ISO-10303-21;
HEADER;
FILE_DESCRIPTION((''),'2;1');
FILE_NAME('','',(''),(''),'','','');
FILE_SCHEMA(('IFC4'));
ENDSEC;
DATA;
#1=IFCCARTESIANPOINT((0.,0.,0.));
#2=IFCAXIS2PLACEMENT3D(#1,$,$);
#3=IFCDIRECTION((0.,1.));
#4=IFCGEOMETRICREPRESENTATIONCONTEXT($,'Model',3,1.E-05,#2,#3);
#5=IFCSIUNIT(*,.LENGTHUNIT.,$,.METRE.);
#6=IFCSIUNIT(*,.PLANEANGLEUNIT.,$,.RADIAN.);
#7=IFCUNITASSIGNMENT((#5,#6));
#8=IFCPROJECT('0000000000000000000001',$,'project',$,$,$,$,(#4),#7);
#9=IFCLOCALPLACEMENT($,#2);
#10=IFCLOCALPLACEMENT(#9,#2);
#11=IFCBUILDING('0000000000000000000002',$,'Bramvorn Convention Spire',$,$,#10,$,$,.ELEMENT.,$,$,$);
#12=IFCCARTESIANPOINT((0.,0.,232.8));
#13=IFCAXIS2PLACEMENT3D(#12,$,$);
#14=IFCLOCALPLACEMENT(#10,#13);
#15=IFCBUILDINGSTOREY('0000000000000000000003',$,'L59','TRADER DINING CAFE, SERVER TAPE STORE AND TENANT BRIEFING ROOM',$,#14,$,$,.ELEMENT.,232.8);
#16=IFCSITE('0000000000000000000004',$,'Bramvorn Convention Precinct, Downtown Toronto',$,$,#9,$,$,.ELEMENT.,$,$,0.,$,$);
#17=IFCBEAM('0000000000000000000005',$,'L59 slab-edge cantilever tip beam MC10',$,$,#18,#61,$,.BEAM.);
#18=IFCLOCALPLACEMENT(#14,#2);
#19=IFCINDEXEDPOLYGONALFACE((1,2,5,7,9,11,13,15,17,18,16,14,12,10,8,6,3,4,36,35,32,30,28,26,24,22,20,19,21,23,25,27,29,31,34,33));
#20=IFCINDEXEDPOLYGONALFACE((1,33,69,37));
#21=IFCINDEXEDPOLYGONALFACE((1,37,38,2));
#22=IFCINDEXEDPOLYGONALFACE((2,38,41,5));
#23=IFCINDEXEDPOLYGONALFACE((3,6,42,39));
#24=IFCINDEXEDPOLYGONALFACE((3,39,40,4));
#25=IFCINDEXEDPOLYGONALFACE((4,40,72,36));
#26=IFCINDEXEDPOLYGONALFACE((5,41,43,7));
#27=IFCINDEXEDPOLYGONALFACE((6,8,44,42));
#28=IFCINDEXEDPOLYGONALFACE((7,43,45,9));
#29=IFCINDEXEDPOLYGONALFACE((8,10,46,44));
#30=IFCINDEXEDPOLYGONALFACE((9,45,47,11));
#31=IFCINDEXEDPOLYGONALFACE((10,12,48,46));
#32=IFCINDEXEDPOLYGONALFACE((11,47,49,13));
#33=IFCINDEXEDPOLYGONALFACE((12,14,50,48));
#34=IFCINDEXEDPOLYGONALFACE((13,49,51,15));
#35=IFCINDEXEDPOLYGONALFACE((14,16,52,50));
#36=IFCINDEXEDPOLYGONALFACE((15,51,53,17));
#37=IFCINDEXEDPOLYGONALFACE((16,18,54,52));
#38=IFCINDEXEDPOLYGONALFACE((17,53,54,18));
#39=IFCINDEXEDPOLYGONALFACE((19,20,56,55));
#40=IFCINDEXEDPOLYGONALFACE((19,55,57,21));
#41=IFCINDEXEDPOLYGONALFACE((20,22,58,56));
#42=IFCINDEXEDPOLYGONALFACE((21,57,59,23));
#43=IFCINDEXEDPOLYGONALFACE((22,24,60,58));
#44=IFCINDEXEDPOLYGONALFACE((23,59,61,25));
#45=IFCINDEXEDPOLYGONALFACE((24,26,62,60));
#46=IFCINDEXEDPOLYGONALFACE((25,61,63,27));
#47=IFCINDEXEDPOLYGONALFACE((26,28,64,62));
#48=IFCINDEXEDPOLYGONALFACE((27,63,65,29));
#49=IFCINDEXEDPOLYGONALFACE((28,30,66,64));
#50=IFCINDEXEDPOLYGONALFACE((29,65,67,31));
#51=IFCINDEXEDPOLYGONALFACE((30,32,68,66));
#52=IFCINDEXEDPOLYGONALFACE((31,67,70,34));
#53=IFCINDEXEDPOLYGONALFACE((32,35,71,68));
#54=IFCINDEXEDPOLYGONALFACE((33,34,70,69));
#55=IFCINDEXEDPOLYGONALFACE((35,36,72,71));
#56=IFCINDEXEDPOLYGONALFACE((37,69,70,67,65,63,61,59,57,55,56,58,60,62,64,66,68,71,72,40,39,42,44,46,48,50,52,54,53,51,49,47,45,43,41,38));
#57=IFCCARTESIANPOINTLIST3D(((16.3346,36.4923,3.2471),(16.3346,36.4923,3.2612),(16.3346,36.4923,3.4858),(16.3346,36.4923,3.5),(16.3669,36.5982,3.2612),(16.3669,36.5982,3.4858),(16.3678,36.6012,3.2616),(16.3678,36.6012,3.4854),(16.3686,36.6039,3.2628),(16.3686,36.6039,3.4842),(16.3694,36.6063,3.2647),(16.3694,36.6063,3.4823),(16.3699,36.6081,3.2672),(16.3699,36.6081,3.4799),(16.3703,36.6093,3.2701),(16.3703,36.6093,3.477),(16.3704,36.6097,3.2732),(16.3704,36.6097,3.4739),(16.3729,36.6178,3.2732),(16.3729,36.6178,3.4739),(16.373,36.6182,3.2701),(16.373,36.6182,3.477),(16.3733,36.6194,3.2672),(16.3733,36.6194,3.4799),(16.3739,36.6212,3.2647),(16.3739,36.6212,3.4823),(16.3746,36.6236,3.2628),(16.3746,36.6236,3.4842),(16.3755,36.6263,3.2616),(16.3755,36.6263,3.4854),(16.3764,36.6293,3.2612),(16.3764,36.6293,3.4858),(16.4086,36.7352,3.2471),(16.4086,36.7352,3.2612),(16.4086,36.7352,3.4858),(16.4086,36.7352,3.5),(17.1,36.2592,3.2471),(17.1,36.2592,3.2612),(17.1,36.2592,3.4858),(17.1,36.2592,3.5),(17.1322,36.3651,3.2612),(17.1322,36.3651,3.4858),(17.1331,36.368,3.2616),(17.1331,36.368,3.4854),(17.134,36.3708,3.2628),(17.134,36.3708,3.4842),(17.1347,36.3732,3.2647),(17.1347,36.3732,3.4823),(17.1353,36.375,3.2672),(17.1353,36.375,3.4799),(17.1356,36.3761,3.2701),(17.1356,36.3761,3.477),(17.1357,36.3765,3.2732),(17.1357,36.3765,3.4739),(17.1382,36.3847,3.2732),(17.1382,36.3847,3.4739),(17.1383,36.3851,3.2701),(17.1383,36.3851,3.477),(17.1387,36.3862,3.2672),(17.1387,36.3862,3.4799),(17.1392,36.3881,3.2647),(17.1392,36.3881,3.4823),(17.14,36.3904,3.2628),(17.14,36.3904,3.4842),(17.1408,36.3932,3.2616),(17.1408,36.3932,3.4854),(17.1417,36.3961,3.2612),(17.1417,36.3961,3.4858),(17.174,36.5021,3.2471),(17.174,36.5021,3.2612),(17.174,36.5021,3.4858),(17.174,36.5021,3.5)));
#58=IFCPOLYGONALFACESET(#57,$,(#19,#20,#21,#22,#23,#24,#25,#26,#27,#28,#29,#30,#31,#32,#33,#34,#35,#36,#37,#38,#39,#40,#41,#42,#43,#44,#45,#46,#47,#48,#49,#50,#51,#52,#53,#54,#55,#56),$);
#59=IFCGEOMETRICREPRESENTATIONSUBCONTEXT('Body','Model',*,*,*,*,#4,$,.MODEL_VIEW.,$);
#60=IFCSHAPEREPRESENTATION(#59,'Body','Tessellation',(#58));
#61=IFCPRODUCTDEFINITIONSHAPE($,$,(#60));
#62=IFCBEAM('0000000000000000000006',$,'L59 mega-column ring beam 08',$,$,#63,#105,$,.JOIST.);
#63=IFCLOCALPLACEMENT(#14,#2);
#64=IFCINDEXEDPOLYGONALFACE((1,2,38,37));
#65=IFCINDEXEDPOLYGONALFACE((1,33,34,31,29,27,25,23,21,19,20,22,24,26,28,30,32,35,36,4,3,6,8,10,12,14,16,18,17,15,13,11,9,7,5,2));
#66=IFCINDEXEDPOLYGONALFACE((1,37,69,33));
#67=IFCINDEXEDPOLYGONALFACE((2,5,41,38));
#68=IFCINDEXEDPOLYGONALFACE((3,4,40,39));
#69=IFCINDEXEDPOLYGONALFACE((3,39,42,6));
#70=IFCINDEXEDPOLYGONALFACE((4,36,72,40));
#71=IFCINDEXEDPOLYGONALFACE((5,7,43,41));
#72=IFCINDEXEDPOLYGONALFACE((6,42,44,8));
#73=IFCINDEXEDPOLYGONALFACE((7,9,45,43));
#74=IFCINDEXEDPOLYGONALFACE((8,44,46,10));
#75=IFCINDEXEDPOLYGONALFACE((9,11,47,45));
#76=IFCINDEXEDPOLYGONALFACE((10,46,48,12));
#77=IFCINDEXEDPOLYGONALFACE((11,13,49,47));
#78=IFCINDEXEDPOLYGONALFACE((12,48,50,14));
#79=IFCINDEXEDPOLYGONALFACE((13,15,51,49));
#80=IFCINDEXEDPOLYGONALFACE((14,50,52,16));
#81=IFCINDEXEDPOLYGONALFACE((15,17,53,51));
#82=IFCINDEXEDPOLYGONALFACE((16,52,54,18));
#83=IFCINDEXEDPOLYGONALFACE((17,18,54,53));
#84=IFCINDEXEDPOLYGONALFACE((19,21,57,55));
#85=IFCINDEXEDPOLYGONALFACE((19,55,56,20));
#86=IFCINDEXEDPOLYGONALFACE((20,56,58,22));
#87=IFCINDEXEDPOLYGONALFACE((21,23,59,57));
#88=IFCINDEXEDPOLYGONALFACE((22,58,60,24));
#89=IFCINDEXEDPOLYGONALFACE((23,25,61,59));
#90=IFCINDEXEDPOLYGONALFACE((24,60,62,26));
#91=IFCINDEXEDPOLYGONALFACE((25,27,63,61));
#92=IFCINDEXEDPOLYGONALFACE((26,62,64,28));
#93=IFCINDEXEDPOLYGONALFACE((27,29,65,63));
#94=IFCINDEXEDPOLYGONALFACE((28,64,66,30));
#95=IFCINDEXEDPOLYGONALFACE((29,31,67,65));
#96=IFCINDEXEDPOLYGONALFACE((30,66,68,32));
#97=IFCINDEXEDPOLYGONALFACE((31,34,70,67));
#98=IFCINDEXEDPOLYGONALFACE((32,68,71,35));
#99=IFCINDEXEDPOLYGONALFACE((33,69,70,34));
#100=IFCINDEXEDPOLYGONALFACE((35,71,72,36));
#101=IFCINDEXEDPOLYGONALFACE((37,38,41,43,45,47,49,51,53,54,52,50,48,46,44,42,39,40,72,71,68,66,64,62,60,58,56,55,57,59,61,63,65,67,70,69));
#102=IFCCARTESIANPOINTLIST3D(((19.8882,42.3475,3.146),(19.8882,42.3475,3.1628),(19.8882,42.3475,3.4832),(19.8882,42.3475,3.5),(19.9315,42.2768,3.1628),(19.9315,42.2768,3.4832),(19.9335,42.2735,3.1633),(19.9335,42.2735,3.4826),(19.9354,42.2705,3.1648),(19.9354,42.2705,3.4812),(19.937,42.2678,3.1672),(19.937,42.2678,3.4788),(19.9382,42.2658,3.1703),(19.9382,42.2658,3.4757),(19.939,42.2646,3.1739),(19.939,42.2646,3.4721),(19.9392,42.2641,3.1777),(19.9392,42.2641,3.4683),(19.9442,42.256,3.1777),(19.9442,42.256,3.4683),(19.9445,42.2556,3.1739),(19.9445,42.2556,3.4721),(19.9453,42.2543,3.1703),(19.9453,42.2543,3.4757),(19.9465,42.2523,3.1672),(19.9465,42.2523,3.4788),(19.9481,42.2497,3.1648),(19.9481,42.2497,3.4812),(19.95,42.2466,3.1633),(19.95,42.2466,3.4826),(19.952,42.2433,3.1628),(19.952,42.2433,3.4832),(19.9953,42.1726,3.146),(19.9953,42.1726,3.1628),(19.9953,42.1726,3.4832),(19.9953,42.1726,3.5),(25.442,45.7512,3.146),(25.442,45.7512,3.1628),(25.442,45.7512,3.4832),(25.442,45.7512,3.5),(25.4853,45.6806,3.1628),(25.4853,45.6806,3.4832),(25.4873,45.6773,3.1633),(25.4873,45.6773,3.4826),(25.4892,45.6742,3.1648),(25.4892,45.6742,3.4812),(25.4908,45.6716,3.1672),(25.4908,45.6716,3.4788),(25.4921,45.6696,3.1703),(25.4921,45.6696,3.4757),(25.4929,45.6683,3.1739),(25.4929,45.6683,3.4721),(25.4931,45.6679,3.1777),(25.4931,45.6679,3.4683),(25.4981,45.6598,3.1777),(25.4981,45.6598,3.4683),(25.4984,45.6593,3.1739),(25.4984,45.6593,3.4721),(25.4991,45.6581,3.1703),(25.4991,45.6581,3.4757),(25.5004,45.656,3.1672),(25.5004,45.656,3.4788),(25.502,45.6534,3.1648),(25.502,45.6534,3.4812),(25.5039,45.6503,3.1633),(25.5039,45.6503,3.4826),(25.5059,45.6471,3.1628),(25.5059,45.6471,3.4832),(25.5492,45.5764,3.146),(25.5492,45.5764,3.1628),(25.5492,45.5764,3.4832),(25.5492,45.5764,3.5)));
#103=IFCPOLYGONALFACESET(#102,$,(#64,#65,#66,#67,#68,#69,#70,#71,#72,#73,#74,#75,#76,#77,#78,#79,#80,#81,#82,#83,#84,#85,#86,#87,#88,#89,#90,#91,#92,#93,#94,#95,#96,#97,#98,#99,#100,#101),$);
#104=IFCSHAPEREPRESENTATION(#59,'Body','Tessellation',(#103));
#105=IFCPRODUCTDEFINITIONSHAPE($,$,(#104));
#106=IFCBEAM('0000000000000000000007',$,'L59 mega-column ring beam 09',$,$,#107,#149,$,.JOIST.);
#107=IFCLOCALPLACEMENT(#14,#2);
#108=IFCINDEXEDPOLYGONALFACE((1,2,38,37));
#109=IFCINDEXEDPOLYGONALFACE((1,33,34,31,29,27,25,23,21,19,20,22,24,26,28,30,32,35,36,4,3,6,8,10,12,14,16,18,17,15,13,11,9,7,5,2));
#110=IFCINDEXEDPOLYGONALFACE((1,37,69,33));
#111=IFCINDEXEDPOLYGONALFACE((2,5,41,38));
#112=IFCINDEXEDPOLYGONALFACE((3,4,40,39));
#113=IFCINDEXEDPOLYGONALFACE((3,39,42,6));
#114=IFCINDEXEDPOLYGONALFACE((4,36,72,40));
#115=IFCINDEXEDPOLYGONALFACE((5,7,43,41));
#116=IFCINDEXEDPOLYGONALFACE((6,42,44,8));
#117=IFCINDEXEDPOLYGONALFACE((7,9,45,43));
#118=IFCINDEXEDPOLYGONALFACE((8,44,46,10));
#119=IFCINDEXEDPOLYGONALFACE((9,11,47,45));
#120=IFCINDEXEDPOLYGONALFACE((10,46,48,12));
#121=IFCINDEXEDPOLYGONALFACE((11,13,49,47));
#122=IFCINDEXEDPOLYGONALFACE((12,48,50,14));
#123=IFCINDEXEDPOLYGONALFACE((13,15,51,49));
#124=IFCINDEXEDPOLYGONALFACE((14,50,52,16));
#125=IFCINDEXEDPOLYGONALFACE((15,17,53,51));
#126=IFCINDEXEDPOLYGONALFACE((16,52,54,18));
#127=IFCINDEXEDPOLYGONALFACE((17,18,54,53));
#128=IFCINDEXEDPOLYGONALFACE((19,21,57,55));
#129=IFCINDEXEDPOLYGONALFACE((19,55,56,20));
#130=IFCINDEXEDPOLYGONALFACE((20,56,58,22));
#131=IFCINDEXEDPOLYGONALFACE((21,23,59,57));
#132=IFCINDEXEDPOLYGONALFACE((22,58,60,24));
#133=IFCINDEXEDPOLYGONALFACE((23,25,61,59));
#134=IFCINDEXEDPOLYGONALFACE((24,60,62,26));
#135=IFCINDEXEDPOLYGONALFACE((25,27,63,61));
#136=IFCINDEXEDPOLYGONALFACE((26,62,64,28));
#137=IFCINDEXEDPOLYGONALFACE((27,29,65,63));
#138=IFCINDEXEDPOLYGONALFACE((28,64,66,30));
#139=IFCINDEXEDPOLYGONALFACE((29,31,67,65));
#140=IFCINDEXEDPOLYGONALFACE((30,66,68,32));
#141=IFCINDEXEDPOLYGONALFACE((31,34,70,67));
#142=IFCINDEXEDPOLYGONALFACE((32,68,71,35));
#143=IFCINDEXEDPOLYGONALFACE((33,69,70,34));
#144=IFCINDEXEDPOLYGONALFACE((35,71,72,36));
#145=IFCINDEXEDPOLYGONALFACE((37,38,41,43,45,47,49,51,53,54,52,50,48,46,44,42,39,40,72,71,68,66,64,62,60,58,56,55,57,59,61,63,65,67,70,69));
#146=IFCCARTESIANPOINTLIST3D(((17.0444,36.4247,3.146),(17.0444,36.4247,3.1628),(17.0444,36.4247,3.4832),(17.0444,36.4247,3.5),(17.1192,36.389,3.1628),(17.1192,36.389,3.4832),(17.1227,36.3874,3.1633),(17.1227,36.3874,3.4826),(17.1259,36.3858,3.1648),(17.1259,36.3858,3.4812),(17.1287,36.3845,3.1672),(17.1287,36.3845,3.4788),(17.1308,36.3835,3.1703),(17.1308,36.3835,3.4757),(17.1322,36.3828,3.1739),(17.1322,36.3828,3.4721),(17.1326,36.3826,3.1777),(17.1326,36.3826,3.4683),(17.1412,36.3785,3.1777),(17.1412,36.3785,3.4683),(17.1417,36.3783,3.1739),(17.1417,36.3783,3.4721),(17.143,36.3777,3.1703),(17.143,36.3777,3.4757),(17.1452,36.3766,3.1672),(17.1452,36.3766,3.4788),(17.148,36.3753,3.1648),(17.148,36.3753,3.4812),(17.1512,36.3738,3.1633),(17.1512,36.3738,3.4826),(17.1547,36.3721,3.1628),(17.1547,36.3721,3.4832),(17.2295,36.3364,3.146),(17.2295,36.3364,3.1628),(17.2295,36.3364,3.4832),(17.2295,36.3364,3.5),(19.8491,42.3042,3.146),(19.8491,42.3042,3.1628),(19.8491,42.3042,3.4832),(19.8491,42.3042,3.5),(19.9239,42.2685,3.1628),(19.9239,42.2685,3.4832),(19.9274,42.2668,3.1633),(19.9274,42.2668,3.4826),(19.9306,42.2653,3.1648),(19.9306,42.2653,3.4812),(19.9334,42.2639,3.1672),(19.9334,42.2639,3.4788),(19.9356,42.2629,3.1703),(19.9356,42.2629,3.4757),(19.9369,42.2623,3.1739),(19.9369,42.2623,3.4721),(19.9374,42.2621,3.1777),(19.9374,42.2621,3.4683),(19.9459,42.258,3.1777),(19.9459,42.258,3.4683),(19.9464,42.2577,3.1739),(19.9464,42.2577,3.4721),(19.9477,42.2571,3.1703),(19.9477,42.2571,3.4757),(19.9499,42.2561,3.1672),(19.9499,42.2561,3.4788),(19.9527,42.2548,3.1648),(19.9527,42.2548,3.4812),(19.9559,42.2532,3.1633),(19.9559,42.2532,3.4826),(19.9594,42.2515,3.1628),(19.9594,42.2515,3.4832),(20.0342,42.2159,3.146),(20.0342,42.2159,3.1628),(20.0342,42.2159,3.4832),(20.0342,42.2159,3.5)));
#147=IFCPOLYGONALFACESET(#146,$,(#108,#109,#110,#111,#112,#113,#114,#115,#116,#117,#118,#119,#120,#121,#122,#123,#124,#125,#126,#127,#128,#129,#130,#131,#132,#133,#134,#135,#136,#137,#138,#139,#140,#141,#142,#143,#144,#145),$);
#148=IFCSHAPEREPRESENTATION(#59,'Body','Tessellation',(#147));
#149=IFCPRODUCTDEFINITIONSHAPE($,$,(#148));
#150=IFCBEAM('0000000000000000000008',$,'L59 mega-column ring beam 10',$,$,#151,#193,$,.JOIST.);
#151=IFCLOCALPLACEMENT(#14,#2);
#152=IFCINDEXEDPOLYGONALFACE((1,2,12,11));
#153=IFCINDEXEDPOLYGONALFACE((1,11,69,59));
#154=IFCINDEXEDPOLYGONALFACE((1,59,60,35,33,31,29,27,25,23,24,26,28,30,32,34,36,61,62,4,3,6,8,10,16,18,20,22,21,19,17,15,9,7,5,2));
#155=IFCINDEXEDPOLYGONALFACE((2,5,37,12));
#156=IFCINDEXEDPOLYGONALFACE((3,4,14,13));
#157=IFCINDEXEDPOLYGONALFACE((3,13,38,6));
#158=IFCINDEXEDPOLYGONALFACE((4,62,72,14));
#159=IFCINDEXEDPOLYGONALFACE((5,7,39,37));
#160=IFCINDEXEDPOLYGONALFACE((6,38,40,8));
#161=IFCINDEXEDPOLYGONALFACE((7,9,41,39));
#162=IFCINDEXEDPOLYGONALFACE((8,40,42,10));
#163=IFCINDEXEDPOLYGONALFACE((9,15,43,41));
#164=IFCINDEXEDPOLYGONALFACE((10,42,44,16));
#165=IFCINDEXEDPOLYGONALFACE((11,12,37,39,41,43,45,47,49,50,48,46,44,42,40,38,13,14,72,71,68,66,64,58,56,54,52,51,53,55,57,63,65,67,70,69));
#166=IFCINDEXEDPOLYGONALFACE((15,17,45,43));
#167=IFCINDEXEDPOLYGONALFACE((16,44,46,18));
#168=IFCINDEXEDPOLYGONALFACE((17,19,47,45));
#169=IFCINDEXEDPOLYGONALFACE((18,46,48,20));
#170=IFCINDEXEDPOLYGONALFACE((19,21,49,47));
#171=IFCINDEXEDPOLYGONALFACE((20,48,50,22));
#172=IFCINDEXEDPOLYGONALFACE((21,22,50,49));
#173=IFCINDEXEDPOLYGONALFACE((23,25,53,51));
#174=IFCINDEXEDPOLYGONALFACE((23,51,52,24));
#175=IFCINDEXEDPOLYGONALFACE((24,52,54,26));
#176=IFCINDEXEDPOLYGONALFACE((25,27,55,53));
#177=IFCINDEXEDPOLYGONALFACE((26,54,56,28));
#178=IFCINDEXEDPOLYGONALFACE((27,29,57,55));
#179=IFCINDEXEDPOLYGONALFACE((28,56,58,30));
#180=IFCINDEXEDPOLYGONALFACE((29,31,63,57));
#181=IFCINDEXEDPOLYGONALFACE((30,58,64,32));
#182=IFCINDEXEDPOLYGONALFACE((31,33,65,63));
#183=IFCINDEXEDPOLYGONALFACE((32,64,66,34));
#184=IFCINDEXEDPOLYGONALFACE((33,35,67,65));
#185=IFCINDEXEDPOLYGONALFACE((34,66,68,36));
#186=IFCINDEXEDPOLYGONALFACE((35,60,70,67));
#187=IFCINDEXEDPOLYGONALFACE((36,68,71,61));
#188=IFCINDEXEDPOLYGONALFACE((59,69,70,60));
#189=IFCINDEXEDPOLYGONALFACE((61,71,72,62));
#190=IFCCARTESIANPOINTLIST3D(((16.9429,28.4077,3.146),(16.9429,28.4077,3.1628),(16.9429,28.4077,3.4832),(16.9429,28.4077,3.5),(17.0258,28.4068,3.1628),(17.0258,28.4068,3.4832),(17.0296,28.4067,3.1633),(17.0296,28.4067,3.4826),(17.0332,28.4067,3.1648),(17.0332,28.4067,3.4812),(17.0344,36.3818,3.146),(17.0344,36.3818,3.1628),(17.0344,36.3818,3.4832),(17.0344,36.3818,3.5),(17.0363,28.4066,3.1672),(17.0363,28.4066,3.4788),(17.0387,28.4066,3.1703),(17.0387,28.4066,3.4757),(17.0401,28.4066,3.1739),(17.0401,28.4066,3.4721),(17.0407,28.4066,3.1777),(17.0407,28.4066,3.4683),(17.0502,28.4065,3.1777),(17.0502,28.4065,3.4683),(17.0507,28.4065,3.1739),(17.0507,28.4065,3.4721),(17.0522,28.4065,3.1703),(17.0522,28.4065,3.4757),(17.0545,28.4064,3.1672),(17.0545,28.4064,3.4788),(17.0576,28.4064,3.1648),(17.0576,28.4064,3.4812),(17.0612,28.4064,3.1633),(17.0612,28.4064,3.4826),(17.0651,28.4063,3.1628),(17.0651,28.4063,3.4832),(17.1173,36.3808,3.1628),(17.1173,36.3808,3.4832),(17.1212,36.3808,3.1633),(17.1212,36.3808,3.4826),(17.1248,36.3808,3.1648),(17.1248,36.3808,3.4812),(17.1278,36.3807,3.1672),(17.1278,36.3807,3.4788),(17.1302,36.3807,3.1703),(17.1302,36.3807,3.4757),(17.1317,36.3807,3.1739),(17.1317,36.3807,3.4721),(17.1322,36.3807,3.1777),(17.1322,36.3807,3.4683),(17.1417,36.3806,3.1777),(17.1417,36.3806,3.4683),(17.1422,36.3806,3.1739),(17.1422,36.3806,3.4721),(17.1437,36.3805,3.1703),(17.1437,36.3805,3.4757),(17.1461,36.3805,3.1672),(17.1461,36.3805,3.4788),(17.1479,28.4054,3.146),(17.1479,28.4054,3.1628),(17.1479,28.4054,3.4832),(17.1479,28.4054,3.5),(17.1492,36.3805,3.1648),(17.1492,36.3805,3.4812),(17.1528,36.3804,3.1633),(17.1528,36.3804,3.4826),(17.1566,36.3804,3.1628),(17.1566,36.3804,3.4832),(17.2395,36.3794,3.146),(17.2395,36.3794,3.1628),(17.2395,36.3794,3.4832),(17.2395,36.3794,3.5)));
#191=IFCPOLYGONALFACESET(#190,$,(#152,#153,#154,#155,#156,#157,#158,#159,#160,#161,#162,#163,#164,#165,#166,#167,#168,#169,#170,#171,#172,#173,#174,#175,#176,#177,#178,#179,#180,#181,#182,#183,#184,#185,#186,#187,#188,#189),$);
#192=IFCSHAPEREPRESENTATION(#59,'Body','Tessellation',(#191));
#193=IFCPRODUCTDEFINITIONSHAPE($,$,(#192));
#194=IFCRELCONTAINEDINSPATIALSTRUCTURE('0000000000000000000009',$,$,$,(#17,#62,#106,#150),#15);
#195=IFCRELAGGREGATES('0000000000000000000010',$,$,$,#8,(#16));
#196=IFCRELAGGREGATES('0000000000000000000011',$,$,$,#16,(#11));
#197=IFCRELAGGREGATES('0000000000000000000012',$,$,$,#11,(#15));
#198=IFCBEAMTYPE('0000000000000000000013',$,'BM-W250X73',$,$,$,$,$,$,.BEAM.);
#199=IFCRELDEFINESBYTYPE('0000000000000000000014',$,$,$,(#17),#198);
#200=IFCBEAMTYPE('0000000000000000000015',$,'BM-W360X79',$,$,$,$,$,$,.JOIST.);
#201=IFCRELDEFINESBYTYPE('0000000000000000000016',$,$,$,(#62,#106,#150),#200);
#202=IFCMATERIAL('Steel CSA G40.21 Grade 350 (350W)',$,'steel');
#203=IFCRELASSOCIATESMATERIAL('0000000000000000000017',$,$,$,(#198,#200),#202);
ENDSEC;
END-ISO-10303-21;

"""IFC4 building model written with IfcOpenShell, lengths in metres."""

from ifc_helpers import new_model, si_unit, direction, frame, origin, origin_2d, place, context, subcontext, project, spatial, i_section, extrude, material, material_profile, profile_set, type_object, element, save


model = new_model("IFC4")

# Units and contexts
model_context = context("Model", 3, precision=1e-05, world=origin(), true_north=direction((0.0, 1.0)))
body_context = subcontext(model_context, "Body", "Model", "MODEL_VIEW")
ifc_project = project(units=[si_unit("LENGTHUNIT", "METRE"), si_unit("PLANEANGLEUNIT", "RADIAN")], contexts=[model_context])

# Site, building, storey
site_placement = place(None, origin())
site = spatial("IfcSite", under=ifc_project, at=site_placement, Name="Bramvorn Convention Precinct, Downtown Toronto", CompositionType="ELEMENT", RefElevation=0.0)
building_placement = place(site_placement, origin())
building = spatial("IfcBuilding", under=site, at=building_placement, Name="Bramvorn Convention Spire", CompositionType="ELEMENT")
storey_placement = place(building_placement, frame((0.0, 0.0, 232.8)))
storey = spatial("IfcBuildingStorey", under=building, at=storey_placement, Name="L59", Description="TRADER DINING CAFE, SERVER TAPE STORE AND TENANT BRIEFING ROOM", CompositionType="ELEMENT", Elevation=232.8)

# Shared definitions
ifc_material_1 = material(Name="Steel CSA G40.21 Grade 350 (350W)", Category="steel")

# Beams
ifc_material_profile_1 = material_profile(ifc_material_1, i_section(OverallWidth=0.2539, OverallDepth=0.2529, WebThickness=0.0085, FlangeThickness=0.0142, FilletRadius=0.012, at=origin_2d()))
ifc_profile_set_1 = profile_set([ifc_material_profile_1], Name="Steel CSA G40.21 Grade 350 (350W) - W250X73")
beam_type_1 = type_object("IfcBeamType", Name="BM-W250X73", PredefinedType="BEAM", material=ifc_profile_set_1)
beam_1_placement = place(storey_placement, frame((17.137, 36.3806, 3.3735), z_axis=(-0.9566, 0.291404, 0.0), x_axis=(-0.291404, -0.9566, 0.0)))
element("IfcBeam", 1, at=beam_1_placement, inside=storey, type_object=beam_type_1, Name="L59 slab-edge cantilever tip beam MC10", PredefinedType="BEAM", context=body_context, shape_type="SweptSolid", body=[
    extrude(i_section(OverallWidth=0.2539, OverallDepth=0.2529, WebThickness=0.0085, FlangeThickness=0.0142, FilletRadius=0.012, at=origin_2d()), origin(), (0.0, 0.0, 1.0), 0.8),
])
ifc_material_profile_2 = material_profile(ifc_material_1, i_section(OverallWidth=0.2051, OverallDepth=0.354, WebThickness=0.0095, FlangeThickness=0.0168, FilletRadius=0.0149, at=origin_2d()))
ifc_profile_set_2 = profile_set([ifc_material_profile_2], Name="Steel CSA G40.21 Grade 350 (350W) - W360X79")
beam_type_2 = type_object("IfcBeamType", Name="BM-W360X79", PredefinedType="JOIST", material=ifc_profile_set_2)
beam_2_placement = place(storey_placement, frame((25.4956, 45.6638, 3.323), z_axis=(-0.852617, -0.522537, 0.0), x_axis=(0.522537, -0.852617, 0.0)))
element("IfcBeam", 2, at=beam_2_placement, inside=storey, type_object=beam_type_2, Name="L59 mega-column ring beam 08", PredefinedType="JOIST", context=body_context, shape_type="SweptSolid", body=[
    extrude(i_section(OverallWidth=0.2051, OverallDepth=0.354, WebThickness=0.0095, FlangeThickness=0.0168, FilletRadius=0.0149, at=origin_2d()), origin(), (0.0, 0.0, 1.0), 6.5139),
])
beam_3_placement = place(storey_placement, frame((19.9417, 42.26, 3.323), z_axis=(-0.430556, -0.902564, 0.0), x_axis=(0.902564, -0.430556, 0.0)))
element("IfcBeam", 3, at=beam_3_placement, inside=storey, type_object=beam_type_2, Name="L59 mega-column ring beam 09", PredefinedType="JOIST", context=body_context, shape_type="SweptSolid", body=[
    extrude(i_section(OverallWidth=0.2051, OverallDepth=0.354, WebThickness=0.0095, FlangeThickness=0.0168, FilletRadius=0.0149, at=origin_2d()), origin(), (0.0, 0.0, 1.0), 6.5142),
])
beam_4_placement = place(storey_placement, frame((17.137, 36.3806, 3.323), z_axis=(-0.01148, -0.999934, 0.0), x_axis=(0.999934, -0.01148, 0.0)))
element("IfcBeam", 4, at=beam_4_placement, inside=storey, type_object=beam_type_2, Name="L59 mega-column ring beam 10", PredefinedType="JOIST", context=body_context, shape_type="SweptSolid", body=[
    extrude(i_section(OverallWidth=0.2051, OverallDepth=0.354, WebThickness=0.0095, FlangeThickness=0.0168, FilletRadius=0.0149, at=origin_2d()), origin(), (0.0, 0.0, 1.0), 7.9746),
])

save(model, "model.ifc")
